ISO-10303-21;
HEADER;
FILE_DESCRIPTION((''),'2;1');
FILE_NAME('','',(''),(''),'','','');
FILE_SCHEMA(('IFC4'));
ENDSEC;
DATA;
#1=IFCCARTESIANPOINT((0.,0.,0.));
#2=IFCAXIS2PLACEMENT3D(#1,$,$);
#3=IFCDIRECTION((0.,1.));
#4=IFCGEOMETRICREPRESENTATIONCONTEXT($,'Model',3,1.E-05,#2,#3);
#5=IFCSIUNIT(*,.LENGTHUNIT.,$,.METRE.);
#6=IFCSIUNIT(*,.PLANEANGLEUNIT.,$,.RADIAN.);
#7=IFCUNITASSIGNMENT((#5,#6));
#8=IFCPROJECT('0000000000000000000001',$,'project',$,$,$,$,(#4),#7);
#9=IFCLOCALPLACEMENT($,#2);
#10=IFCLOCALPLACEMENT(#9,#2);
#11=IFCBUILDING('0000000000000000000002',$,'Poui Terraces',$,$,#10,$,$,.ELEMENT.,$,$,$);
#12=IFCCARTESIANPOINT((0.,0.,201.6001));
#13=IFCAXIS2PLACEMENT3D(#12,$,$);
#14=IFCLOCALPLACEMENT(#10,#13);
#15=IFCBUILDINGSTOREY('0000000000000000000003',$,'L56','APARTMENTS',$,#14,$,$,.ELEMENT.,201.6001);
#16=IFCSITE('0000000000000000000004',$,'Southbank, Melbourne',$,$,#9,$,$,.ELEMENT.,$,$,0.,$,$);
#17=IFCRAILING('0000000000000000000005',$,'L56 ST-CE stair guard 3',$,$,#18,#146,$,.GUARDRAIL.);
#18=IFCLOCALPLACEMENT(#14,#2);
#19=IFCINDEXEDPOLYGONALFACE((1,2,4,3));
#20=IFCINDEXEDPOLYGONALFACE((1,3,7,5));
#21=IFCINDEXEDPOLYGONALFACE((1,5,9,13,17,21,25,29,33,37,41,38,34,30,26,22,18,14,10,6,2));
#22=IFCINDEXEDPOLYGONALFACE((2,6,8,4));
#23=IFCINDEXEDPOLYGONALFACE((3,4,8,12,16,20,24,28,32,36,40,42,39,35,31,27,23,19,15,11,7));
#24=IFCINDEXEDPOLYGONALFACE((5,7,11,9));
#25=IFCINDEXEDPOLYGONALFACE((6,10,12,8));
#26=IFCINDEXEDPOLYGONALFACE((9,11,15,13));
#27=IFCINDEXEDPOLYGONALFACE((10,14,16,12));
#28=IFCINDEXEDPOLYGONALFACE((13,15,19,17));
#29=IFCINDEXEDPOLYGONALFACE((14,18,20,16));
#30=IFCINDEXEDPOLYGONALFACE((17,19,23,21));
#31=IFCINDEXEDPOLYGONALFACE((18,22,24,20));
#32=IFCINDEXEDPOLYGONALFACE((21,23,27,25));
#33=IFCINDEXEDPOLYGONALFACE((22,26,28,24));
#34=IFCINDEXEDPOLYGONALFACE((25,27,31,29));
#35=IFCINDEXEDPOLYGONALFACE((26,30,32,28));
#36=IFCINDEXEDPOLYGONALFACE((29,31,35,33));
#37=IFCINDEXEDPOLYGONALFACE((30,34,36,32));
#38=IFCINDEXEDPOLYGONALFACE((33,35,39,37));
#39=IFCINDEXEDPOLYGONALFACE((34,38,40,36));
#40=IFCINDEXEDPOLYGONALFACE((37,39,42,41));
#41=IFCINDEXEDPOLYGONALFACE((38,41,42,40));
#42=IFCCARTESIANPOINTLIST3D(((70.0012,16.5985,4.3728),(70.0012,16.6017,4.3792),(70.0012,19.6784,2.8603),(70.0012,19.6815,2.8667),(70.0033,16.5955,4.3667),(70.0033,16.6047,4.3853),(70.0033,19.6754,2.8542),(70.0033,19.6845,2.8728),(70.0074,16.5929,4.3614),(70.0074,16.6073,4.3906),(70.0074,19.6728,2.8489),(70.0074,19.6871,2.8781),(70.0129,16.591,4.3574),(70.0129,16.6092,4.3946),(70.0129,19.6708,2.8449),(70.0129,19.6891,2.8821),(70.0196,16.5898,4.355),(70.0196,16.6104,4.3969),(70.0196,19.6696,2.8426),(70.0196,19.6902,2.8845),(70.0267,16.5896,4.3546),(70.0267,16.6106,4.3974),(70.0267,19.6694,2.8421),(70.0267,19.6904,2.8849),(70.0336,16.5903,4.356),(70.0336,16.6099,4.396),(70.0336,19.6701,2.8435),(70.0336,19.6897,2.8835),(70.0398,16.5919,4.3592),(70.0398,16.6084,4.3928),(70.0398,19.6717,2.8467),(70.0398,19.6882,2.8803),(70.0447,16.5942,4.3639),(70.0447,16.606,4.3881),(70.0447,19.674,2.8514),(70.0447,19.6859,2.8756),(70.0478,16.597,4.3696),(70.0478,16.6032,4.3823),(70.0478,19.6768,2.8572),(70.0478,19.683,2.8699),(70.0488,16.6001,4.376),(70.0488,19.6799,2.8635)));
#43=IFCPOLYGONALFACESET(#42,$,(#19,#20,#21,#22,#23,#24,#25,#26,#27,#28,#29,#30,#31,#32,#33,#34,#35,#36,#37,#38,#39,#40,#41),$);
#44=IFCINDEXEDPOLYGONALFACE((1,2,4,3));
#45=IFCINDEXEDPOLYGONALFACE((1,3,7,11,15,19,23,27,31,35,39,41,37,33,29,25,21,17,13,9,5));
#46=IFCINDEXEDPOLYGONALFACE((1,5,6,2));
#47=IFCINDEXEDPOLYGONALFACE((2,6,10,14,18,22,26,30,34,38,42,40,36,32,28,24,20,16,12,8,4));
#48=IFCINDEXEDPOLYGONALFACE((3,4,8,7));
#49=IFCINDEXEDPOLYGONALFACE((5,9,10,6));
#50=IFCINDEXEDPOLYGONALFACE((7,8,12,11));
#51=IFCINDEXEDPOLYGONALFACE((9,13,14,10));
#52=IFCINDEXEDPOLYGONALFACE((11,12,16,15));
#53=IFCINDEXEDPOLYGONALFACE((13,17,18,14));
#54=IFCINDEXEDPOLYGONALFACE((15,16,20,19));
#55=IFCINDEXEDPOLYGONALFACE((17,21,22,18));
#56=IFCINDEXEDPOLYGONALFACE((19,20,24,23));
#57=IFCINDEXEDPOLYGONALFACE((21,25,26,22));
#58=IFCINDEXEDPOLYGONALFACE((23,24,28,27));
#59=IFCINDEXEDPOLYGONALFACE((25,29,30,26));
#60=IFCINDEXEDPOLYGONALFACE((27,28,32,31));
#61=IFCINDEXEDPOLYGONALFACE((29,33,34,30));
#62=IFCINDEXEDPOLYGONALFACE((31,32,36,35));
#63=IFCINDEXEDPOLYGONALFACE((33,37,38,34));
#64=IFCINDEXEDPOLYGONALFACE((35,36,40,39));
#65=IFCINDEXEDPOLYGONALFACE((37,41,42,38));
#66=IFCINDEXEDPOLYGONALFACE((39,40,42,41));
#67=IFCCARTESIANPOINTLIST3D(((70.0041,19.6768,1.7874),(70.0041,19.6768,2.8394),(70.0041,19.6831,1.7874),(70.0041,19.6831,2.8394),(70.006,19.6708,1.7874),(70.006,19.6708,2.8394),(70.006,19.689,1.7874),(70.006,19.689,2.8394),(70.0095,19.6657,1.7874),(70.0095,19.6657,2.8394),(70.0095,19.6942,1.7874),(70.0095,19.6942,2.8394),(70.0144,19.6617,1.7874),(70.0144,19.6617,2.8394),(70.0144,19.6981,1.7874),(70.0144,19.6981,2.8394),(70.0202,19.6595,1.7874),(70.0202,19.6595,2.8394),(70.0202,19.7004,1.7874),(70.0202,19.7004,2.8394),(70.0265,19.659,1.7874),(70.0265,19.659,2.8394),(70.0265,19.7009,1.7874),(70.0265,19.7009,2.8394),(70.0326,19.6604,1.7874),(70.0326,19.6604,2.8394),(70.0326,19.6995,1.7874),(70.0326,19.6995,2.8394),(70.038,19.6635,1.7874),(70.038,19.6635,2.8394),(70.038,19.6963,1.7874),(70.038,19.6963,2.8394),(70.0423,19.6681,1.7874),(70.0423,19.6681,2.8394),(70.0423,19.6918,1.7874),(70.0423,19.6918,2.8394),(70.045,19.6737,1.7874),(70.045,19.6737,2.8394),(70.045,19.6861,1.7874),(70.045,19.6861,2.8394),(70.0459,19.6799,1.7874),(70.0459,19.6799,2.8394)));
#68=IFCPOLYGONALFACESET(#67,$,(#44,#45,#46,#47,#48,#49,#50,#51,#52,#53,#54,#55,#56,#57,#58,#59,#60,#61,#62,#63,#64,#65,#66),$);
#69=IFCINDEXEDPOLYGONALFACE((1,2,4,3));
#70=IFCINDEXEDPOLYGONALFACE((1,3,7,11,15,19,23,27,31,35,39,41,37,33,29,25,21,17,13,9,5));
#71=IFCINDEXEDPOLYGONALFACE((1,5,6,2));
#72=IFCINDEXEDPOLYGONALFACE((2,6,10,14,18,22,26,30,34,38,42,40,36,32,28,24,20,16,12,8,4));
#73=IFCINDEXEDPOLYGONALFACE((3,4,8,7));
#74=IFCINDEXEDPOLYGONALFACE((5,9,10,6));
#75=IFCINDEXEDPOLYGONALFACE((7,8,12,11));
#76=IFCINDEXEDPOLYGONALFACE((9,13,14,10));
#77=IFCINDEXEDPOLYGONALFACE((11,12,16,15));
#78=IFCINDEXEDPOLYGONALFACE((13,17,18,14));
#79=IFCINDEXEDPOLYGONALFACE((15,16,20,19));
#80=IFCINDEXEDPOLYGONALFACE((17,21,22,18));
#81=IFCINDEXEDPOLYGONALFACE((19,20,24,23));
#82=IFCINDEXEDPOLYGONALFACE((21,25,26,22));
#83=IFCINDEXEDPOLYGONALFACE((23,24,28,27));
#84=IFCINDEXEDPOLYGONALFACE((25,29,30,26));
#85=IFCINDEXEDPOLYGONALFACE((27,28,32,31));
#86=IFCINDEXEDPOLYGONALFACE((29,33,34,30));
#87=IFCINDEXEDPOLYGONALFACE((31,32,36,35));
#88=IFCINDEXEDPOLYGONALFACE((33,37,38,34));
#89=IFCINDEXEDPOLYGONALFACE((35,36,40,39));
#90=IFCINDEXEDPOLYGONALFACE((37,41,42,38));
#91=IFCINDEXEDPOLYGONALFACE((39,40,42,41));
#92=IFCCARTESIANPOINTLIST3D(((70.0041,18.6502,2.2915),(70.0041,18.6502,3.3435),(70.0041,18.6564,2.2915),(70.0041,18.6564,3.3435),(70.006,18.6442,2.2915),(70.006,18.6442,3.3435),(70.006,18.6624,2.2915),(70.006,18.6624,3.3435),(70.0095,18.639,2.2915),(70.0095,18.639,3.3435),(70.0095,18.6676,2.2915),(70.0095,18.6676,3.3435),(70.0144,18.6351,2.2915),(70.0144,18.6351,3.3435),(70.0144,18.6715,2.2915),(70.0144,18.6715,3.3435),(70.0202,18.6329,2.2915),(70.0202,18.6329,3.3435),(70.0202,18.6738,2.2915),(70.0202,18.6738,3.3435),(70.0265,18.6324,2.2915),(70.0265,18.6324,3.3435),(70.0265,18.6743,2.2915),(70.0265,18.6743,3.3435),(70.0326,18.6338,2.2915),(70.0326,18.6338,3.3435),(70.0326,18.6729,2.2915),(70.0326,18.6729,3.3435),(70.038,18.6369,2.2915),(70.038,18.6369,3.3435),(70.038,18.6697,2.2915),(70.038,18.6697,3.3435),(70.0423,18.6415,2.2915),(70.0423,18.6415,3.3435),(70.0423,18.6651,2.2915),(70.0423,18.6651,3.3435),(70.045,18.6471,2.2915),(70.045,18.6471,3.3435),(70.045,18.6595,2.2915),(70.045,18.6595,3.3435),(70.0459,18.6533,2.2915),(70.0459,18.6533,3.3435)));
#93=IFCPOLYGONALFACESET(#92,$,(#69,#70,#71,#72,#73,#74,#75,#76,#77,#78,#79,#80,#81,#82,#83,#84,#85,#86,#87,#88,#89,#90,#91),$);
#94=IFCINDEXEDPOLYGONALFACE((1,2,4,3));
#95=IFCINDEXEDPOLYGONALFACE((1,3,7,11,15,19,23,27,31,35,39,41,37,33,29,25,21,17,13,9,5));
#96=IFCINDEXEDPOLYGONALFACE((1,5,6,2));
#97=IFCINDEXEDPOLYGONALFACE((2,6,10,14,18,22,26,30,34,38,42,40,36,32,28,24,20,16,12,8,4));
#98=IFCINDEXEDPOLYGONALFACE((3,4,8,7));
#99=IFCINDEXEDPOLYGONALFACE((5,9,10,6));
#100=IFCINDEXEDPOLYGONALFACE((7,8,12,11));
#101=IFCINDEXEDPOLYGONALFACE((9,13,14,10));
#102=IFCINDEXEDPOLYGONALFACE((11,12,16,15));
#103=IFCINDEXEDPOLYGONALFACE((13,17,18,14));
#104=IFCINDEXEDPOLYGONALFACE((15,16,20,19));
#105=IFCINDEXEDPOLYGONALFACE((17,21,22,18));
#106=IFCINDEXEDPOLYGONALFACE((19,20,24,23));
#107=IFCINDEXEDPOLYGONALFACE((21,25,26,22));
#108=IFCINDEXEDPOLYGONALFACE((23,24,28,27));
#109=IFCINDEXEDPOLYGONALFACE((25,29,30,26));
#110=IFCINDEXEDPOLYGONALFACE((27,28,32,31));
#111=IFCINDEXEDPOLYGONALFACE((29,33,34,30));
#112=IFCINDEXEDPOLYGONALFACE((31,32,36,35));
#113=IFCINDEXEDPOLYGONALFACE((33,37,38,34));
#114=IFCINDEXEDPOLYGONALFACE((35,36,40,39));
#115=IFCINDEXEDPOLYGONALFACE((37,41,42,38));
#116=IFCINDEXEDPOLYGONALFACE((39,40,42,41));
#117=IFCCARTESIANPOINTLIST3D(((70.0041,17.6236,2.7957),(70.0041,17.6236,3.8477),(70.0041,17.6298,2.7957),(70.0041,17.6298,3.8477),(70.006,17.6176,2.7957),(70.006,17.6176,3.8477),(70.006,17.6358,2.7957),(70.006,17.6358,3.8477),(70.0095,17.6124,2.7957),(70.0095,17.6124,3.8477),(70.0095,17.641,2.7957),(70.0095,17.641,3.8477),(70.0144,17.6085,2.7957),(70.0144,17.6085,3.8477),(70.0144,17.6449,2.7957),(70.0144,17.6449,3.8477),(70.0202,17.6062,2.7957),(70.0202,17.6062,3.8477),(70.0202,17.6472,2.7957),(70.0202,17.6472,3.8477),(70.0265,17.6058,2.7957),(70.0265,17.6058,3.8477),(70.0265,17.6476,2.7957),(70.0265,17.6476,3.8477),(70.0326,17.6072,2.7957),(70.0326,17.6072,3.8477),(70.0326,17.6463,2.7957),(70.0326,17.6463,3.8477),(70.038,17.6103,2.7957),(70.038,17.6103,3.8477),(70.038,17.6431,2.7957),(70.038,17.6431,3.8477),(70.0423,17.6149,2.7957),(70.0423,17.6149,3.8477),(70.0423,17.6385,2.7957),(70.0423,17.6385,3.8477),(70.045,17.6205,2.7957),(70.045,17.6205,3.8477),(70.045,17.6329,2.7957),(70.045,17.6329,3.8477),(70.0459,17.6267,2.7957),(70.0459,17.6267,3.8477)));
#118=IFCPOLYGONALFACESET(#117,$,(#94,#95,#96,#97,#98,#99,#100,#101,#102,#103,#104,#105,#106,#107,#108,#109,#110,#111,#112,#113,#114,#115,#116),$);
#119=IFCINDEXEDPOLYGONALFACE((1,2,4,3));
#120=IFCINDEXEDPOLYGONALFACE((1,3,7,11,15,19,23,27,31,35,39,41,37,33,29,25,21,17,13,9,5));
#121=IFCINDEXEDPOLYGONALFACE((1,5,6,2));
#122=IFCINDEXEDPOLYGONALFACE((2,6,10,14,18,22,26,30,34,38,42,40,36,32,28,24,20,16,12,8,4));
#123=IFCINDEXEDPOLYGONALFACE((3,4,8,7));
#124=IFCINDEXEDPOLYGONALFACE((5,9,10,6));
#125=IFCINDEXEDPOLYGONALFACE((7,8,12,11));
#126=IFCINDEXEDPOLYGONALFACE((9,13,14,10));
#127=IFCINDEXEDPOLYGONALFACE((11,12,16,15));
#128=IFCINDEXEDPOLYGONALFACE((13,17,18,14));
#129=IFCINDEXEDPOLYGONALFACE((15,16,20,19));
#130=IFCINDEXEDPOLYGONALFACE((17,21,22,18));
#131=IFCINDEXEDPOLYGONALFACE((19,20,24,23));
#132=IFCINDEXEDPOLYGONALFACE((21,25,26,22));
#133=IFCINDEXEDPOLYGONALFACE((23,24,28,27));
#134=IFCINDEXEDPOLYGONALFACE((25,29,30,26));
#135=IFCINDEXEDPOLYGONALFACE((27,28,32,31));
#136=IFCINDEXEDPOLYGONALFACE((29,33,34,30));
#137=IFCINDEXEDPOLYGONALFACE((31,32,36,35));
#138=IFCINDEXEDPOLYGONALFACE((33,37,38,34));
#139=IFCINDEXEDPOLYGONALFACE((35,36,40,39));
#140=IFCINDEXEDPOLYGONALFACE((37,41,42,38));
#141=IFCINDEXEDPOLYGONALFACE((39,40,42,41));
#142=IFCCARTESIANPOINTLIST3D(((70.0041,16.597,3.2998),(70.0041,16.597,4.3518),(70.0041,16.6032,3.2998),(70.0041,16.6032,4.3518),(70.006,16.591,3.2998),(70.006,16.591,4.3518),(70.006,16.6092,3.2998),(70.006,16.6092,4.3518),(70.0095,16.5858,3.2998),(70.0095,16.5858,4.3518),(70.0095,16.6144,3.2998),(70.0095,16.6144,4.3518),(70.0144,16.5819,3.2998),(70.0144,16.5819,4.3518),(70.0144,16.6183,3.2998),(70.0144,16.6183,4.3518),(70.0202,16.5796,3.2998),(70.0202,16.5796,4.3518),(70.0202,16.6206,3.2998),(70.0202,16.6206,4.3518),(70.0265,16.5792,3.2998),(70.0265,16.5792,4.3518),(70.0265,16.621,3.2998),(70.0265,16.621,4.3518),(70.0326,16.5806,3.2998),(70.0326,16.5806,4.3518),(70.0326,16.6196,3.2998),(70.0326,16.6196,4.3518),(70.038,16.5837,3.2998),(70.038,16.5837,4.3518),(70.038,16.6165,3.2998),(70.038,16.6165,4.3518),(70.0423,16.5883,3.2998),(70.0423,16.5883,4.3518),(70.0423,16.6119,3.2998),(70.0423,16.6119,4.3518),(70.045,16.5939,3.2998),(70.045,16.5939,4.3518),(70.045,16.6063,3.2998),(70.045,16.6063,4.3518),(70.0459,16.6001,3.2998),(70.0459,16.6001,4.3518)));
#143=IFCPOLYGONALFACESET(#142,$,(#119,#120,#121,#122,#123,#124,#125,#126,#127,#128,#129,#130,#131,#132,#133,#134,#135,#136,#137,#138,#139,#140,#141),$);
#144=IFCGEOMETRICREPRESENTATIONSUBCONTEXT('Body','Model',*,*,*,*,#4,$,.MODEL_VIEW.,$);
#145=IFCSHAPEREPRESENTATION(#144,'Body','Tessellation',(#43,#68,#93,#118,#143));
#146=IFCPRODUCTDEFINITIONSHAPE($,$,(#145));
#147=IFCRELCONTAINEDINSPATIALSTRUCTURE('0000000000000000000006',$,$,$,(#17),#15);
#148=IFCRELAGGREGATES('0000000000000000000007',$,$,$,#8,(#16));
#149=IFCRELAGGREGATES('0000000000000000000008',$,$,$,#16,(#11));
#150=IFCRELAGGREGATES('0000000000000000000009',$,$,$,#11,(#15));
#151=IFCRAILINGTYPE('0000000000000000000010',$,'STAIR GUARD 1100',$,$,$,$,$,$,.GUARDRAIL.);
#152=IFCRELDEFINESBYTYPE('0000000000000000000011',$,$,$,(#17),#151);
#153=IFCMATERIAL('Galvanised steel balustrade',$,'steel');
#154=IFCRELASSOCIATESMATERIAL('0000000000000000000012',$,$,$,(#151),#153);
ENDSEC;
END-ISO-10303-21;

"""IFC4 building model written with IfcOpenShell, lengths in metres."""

from ifc_helpers import new_model, si_unit, direction, frame, origin, origin_2d, place, context, subcontext, project, spatial, circle, extrude, material, type_object, element, save


model = new_model("IFC4")

# Units and contexts
model_context = context("Model", 3, precision=1e-05, world=origin(), true_north=direction((0.0, 1.0)))
body_context = subcontext(model_context, "Body", "Model", "MODEL_VIEW")
ifc_project = project(units=[si_unit("LENGTHUNIT", "METRE"), si_unit("PLANEANGLEUNIT", "RADIAN")], contexts=[model_context])

# Site, building, storey
site_placement = place(None, origin())
site = spatial("IfcSite", under=ifc_project, at=site_placement, Name="Southbank, Melbourne", CompositionType="ELEMENT", RefElevation=0.0)
building_placement = place(site_placement, origin())
building = spatial("IfcBuilding", under=site, at=building_placement, Name="Poui Terraces", CompositionType="ELEMENT")
storey_placement = place(building_placement, frame((0.0, 0.0, 201.6001)))
storey = spatial("IfcBuildingStorey", under=building, at=storey_placement, Name="L56", Description="APARTMENTS", CompositionType="ELEMENT", Elevation=201.6001)

# Railing
ifc_material_1 = material(Name="Galvanised steel balustrade", Category="steel")
railing_type_1 = type_object("IfcRailingType", Name="STAIR GUARD 1100", PredefinedType="GUARDRAIL", material=ifc_material_1)
railing_1_placement = place(storey_placement, frame((70.0249, 19.6799, 1.7874)))
element("IfcRailing", 1, at=railing_1_placement, inside=storey, type_object=railing_type_1, Name="L56 ST-CE stair guard 3", PredefinedType="GUARDRAIL", context=body_context, shape_type="SweptSolid", body=[
    extrude(circle(Radius=0.0239, at=origin_2d()), frame((0.0, 0.0, 1.0762), z_axis=(0.0, -0.897606, 0.440798), x_axis=(1.0, 0.0, 0.0)), (0.0, 0.0, 1.0), 3.4312),
    extrude(circle(Radius=0.021, at=origin_2d()), origin(), (0.0, 0.0, 1.0), 1.052),
    extrude(circle(Radius=0.021, at=origin_2d()), frame((0.0, -1.0266, 0.5042)), (0.0, 0.0, 1.0), 1.052),
    extrude(circle(Radius=0.021, at=origin_2d()), frame((0.0, -2.0532, 1.0083)), (0.0, 0.0, 1.0), 1.052),
    extrude(circle(Radius=0.021, at=origin_2d()), frame((0.0, -3.0798, 1.5125)), (0.0, 0.0, 1.0), 1.052),
])

save(model, "model.ifc")
